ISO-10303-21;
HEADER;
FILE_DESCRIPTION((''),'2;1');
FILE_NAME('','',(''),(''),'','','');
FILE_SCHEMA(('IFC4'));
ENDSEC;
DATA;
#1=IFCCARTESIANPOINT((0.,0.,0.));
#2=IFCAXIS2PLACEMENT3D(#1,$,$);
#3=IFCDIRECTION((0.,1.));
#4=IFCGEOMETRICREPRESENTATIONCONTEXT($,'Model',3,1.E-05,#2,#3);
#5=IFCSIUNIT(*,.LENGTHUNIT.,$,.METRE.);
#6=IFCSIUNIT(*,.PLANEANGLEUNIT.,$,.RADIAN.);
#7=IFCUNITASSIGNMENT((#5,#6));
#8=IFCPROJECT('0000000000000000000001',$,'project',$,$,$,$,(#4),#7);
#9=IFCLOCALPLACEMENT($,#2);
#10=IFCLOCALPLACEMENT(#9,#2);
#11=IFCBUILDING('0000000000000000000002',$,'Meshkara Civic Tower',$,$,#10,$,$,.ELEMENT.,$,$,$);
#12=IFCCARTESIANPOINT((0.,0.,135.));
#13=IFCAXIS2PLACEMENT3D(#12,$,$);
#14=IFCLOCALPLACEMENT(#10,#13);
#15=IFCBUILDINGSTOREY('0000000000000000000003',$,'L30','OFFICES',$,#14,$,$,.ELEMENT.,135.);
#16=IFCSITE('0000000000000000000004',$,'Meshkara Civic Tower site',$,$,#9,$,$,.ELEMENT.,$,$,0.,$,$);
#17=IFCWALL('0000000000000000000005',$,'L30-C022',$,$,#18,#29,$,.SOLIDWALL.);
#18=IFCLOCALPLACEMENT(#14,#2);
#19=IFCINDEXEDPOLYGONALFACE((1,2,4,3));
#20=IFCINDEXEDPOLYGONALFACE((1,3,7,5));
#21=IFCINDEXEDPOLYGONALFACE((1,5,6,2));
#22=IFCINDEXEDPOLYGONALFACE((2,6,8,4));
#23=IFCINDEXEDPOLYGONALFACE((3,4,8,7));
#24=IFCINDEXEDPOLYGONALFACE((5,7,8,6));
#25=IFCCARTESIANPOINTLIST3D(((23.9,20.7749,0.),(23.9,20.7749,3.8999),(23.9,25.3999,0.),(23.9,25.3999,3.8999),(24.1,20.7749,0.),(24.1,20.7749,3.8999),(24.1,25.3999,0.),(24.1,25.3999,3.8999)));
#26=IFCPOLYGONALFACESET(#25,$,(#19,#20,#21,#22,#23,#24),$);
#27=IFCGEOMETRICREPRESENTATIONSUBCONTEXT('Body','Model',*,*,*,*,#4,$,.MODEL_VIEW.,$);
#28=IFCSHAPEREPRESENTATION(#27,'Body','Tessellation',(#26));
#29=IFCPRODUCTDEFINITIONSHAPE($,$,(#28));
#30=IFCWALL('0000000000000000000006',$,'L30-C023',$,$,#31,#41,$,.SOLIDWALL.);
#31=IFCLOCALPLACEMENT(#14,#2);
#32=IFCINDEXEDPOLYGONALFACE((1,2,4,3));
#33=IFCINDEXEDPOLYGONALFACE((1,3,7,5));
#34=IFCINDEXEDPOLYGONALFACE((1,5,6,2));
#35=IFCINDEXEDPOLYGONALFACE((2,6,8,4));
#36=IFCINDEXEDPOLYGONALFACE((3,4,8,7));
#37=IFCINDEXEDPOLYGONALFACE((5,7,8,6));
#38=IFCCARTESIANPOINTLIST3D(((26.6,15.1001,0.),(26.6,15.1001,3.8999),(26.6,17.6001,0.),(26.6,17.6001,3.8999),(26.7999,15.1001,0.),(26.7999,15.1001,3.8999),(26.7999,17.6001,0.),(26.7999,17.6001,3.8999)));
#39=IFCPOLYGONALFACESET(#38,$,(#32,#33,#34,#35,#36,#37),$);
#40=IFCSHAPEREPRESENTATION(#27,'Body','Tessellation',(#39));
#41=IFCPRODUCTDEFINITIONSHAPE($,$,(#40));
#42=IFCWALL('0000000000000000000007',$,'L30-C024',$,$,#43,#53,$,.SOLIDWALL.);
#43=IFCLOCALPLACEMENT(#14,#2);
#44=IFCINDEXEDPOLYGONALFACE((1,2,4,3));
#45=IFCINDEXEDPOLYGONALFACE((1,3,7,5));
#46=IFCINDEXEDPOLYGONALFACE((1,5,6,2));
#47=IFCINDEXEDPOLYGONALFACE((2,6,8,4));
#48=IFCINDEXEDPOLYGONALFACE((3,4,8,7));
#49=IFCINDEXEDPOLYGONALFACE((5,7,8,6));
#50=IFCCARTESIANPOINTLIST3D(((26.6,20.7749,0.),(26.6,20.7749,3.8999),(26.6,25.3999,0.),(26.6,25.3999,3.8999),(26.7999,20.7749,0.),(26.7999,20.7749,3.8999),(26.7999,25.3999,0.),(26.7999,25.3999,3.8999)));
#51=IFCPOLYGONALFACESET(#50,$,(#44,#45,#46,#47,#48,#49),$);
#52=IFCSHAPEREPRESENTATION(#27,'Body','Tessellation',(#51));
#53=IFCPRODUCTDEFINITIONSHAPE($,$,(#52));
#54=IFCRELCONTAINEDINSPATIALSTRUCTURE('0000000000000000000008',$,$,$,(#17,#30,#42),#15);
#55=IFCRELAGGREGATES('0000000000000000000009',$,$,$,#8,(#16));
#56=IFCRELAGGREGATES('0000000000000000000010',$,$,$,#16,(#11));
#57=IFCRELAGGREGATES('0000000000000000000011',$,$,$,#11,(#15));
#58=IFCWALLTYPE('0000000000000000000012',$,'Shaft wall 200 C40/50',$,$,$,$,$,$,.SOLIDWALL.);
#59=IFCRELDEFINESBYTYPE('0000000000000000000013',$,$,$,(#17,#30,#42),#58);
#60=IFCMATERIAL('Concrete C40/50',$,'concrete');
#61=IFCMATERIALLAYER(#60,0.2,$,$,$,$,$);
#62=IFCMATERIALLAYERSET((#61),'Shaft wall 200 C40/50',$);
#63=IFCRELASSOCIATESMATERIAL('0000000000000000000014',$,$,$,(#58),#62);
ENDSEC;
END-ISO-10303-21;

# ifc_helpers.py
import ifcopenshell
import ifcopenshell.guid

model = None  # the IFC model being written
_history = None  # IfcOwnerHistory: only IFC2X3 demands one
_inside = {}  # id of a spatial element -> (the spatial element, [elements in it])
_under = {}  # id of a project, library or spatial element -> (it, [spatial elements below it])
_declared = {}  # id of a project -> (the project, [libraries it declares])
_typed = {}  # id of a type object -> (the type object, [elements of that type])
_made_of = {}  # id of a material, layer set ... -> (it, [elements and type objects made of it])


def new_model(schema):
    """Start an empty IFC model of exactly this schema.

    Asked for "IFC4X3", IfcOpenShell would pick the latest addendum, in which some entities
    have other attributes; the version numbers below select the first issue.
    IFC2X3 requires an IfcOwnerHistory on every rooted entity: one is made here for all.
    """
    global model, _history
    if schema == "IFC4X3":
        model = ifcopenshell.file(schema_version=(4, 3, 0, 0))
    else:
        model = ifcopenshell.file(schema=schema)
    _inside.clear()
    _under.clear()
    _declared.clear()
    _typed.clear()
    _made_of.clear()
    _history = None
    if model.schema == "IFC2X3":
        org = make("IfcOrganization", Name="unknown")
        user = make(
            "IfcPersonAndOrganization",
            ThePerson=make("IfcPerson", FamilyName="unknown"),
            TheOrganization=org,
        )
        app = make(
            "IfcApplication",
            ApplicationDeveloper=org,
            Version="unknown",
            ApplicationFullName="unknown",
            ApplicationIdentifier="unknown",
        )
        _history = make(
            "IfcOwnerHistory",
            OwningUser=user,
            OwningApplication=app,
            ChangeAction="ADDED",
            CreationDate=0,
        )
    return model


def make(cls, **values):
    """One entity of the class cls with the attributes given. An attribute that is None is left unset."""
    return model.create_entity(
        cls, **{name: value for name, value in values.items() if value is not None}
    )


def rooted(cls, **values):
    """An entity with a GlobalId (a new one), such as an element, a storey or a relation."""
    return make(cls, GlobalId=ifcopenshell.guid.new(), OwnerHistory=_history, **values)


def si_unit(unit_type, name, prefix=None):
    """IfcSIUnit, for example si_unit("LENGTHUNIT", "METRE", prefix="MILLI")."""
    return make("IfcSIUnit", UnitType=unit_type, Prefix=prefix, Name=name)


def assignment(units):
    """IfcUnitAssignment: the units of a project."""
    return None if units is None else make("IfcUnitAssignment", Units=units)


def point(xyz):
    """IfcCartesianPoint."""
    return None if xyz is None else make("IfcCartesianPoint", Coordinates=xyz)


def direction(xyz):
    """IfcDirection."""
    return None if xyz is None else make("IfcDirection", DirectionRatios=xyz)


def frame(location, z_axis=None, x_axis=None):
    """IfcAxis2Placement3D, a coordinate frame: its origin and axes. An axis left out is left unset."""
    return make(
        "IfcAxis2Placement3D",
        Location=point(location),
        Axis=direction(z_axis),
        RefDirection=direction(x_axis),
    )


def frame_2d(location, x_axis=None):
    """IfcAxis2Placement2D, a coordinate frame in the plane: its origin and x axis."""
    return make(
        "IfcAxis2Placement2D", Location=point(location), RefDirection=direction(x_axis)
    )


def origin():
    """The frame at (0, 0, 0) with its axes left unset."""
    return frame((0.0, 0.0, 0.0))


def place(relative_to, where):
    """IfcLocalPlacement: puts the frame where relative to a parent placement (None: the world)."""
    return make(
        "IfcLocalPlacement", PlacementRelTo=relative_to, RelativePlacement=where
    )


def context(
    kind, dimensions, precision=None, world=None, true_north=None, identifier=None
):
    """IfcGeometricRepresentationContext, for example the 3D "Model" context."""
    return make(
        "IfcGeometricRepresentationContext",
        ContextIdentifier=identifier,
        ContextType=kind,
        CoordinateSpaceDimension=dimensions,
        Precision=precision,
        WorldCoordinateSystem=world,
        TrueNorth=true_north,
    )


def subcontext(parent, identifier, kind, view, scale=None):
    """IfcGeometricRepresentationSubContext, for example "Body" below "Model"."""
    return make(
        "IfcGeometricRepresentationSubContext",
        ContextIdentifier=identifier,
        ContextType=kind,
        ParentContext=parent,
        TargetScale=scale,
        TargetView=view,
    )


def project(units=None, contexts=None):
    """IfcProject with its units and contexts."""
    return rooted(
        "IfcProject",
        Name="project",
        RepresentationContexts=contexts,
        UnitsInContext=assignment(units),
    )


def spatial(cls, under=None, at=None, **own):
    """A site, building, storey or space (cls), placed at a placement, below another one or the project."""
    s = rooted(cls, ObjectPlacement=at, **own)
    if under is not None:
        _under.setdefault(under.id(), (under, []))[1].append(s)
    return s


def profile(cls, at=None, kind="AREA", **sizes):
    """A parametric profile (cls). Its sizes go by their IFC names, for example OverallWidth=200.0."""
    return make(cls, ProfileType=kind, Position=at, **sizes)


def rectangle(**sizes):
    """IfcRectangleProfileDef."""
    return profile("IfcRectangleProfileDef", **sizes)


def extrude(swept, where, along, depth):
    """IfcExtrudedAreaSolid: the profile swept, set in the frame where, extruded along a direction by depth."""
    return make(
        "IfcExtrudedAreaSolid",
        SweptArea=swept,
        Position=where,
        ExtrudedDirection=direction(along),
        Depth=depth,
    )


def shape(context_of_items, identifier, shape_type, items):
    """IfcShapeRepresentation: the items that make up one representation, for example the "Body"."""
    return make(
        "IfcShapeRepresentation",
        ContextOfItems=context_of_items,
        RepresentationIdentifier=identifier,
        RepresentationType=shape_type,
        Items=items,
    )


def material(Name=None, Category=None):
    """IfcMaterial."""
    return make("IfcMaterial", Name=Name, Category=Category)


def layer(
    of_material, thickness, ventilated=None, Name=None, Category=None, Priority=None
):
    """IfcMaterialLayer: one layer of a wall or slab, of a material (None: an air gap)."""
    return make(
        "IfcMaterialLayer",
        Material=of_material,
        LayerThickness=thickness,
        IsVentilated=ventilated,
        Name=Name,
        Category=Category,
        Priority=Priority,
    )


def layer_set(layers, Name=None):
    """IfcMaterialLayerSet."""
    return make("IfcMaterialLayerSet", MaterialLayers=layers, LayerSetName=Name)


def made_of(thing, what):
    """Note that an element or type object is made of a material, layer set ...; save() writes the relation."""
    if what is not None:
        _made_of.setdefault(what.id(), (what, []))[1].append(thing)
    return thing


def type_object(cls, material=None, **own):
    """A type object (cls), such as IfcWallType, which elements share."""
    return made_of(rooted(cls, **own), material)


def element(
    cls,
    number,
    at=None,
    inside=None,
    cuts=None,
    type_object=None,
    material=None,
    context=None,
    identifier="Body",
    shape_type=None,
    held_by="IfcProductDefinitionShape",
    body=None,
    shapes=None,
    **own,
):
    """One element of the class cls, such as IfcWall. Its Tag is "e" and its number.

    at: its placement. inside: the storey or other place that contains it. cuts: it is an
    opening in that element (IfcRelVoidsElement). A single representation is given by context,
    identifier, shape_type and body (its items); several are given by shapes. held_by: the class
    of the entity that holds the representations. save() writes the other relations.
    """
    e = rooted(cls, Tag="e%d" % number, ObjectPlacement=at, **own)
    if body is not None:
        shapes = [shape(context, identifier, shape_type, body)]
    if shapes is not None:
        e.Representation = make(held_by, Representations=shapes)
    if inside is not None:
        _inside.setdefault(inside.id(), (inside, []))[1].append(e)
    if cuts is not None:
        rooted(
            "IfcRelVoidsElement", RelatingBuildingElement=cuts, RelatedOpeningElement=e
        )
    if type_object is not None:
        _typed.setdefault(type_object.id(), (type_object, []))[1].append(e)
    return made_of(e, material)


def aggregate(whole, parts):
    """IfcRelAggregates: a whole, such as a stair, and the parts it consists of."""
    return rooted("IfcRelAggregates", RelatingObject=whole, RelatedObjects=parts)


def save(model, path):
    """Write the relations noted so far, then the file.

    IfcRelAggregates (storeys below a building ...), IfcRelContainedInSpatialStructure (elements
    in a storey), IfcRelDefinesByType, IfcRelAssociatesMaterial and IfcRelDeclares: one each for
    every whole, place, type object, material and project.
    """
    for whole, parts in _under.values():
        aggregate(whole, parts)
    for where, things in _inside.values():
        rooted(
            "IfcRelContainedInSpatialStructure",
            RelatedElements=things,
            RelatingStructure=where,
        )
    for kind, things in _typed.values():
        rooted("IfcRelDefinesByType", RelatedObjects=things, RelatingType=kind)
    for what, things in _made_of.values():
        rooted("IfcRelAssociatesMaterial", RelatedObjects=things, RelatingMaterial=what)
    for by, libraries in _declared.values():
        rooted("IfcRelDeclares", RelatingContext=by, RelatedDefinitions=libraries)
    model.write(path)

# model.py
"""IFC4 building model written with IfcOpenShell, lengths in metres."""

from ifc_helpers import new_model, si_unit, direction, frame, frame_2d, origin, place, context, subcontext, project, spatial, rectangle, extrude, material, layer, layer_set, type_object, element, save


model = new_model("IFC4")

# Units and contexts
model_context = context("Model", 3, precision=1e-05, world=origin(), true_north=direction((0.0, 1.0)))
body_context = subcontext(model_context, "Body", "Model", "MODEL_VIEW")
ifc_project = project(units=[si_unit("LENGTHUNIT", "METRE"), si_unit("PLANEANGLEUNIT", "RADIAN")], contexts=[model_context])

# Site, building, storey
site_placement = place(None, origin())
site = spatial("IfcSite", under=ifc_project, at=site_placement, Name="Meshkara Civic Tower site", CompositionType="ELEMENT", RefElevation=0.0)
building_placement = place(site_placement, origin())
building = spatial("IfcBuilding", under=site, at=building_placement, Name="Meshkara Civic Tower", CompositionType="ELEMENT")
storey_placement = place(building_placement, frame((0.0, 0.0, 135.0)))
storey = spatial("IfcBuildingStorey", under=building, at=storey_placement, Name="L30", Description="OFFICES", CompositionType="ELEMENT", Elevation=135.0)

# Shared definitions
ifc_material_1 = material(Name="Concrete C40/50", Category="concrete")
ifc_layer_1 = layer(ifc_material_1, 0.2)
ifc_layer_set_1 = layer_set([ifc_layer_1], Name="Shaft wall 200 C40/50")
wall_type_1 = type_object("IfcWallType", Name="Shaft wall 200 C40/50", PredefinedType="SOLIDWALL", material=ifc_layer_set_1)

# Walls
wall_1_placement = place(storey_placement, frame((24.0, 20.7749, 0.0), z_axis=(0.0, 0.0, 1.0), x_axis=(0.0, 1.0, 0.0)))
element("IfcWall", 1, at=wall_1_placement, inside=storey, type_object=wall_type_1, Name="L30-C022", PredefinedType="SOLIDWALL", context=body_context, shape_type="SweptSolid", body=[
    extrude(rectangle(XDim=4.625, YDim=0.2, at=frame_2d((2.3125, 0.0))), origin(), (0.0, 0.0, 1.0), 3.8999),
])
wall_2_placement = place(storey_placement, frame((26.7, 15.1001, 0.0), z_axis=(0.0, 0.0, 1.0), x_axis=(0.0, 1.0, 0.0)))
element("IfcWall", 2, at=wall_2_placement, inside=storey, type_object=wall_type_1, Name="L30-C023", PredefinedType="SOLIDWALL", context=body_context, shape_type="SweptSolid", body=[
    extrude(rectangle(XDim=2.5, YDim=0.2, at=frame_2d((1.25, 0.0))), origin(), (0.0, 0.0, 1.0), 3.8999),
])
wall_3_placement = place(storey_placement, frame((26.7, 20.7749, 0.0), z_axis=(0.0, 0.0, 1.0), x_axis=(0.0, 1.0, 0.0)))
element("IfcWall", 3, at=wall_3_placement, inside=storey, type_object=wall_type_1, Name="L30-C024", PredefinedType="SOLIDWALL", context=body_context, shape_type="SweptSolid", body=[
    extrude(rectangle(XDim=4.625, YDim=0.2, at=frame_2d((2.3125, 0.0))), origin(), (0.0, 0.0, 1.0), 3.8999),
])

save(model, "model.ifc")
